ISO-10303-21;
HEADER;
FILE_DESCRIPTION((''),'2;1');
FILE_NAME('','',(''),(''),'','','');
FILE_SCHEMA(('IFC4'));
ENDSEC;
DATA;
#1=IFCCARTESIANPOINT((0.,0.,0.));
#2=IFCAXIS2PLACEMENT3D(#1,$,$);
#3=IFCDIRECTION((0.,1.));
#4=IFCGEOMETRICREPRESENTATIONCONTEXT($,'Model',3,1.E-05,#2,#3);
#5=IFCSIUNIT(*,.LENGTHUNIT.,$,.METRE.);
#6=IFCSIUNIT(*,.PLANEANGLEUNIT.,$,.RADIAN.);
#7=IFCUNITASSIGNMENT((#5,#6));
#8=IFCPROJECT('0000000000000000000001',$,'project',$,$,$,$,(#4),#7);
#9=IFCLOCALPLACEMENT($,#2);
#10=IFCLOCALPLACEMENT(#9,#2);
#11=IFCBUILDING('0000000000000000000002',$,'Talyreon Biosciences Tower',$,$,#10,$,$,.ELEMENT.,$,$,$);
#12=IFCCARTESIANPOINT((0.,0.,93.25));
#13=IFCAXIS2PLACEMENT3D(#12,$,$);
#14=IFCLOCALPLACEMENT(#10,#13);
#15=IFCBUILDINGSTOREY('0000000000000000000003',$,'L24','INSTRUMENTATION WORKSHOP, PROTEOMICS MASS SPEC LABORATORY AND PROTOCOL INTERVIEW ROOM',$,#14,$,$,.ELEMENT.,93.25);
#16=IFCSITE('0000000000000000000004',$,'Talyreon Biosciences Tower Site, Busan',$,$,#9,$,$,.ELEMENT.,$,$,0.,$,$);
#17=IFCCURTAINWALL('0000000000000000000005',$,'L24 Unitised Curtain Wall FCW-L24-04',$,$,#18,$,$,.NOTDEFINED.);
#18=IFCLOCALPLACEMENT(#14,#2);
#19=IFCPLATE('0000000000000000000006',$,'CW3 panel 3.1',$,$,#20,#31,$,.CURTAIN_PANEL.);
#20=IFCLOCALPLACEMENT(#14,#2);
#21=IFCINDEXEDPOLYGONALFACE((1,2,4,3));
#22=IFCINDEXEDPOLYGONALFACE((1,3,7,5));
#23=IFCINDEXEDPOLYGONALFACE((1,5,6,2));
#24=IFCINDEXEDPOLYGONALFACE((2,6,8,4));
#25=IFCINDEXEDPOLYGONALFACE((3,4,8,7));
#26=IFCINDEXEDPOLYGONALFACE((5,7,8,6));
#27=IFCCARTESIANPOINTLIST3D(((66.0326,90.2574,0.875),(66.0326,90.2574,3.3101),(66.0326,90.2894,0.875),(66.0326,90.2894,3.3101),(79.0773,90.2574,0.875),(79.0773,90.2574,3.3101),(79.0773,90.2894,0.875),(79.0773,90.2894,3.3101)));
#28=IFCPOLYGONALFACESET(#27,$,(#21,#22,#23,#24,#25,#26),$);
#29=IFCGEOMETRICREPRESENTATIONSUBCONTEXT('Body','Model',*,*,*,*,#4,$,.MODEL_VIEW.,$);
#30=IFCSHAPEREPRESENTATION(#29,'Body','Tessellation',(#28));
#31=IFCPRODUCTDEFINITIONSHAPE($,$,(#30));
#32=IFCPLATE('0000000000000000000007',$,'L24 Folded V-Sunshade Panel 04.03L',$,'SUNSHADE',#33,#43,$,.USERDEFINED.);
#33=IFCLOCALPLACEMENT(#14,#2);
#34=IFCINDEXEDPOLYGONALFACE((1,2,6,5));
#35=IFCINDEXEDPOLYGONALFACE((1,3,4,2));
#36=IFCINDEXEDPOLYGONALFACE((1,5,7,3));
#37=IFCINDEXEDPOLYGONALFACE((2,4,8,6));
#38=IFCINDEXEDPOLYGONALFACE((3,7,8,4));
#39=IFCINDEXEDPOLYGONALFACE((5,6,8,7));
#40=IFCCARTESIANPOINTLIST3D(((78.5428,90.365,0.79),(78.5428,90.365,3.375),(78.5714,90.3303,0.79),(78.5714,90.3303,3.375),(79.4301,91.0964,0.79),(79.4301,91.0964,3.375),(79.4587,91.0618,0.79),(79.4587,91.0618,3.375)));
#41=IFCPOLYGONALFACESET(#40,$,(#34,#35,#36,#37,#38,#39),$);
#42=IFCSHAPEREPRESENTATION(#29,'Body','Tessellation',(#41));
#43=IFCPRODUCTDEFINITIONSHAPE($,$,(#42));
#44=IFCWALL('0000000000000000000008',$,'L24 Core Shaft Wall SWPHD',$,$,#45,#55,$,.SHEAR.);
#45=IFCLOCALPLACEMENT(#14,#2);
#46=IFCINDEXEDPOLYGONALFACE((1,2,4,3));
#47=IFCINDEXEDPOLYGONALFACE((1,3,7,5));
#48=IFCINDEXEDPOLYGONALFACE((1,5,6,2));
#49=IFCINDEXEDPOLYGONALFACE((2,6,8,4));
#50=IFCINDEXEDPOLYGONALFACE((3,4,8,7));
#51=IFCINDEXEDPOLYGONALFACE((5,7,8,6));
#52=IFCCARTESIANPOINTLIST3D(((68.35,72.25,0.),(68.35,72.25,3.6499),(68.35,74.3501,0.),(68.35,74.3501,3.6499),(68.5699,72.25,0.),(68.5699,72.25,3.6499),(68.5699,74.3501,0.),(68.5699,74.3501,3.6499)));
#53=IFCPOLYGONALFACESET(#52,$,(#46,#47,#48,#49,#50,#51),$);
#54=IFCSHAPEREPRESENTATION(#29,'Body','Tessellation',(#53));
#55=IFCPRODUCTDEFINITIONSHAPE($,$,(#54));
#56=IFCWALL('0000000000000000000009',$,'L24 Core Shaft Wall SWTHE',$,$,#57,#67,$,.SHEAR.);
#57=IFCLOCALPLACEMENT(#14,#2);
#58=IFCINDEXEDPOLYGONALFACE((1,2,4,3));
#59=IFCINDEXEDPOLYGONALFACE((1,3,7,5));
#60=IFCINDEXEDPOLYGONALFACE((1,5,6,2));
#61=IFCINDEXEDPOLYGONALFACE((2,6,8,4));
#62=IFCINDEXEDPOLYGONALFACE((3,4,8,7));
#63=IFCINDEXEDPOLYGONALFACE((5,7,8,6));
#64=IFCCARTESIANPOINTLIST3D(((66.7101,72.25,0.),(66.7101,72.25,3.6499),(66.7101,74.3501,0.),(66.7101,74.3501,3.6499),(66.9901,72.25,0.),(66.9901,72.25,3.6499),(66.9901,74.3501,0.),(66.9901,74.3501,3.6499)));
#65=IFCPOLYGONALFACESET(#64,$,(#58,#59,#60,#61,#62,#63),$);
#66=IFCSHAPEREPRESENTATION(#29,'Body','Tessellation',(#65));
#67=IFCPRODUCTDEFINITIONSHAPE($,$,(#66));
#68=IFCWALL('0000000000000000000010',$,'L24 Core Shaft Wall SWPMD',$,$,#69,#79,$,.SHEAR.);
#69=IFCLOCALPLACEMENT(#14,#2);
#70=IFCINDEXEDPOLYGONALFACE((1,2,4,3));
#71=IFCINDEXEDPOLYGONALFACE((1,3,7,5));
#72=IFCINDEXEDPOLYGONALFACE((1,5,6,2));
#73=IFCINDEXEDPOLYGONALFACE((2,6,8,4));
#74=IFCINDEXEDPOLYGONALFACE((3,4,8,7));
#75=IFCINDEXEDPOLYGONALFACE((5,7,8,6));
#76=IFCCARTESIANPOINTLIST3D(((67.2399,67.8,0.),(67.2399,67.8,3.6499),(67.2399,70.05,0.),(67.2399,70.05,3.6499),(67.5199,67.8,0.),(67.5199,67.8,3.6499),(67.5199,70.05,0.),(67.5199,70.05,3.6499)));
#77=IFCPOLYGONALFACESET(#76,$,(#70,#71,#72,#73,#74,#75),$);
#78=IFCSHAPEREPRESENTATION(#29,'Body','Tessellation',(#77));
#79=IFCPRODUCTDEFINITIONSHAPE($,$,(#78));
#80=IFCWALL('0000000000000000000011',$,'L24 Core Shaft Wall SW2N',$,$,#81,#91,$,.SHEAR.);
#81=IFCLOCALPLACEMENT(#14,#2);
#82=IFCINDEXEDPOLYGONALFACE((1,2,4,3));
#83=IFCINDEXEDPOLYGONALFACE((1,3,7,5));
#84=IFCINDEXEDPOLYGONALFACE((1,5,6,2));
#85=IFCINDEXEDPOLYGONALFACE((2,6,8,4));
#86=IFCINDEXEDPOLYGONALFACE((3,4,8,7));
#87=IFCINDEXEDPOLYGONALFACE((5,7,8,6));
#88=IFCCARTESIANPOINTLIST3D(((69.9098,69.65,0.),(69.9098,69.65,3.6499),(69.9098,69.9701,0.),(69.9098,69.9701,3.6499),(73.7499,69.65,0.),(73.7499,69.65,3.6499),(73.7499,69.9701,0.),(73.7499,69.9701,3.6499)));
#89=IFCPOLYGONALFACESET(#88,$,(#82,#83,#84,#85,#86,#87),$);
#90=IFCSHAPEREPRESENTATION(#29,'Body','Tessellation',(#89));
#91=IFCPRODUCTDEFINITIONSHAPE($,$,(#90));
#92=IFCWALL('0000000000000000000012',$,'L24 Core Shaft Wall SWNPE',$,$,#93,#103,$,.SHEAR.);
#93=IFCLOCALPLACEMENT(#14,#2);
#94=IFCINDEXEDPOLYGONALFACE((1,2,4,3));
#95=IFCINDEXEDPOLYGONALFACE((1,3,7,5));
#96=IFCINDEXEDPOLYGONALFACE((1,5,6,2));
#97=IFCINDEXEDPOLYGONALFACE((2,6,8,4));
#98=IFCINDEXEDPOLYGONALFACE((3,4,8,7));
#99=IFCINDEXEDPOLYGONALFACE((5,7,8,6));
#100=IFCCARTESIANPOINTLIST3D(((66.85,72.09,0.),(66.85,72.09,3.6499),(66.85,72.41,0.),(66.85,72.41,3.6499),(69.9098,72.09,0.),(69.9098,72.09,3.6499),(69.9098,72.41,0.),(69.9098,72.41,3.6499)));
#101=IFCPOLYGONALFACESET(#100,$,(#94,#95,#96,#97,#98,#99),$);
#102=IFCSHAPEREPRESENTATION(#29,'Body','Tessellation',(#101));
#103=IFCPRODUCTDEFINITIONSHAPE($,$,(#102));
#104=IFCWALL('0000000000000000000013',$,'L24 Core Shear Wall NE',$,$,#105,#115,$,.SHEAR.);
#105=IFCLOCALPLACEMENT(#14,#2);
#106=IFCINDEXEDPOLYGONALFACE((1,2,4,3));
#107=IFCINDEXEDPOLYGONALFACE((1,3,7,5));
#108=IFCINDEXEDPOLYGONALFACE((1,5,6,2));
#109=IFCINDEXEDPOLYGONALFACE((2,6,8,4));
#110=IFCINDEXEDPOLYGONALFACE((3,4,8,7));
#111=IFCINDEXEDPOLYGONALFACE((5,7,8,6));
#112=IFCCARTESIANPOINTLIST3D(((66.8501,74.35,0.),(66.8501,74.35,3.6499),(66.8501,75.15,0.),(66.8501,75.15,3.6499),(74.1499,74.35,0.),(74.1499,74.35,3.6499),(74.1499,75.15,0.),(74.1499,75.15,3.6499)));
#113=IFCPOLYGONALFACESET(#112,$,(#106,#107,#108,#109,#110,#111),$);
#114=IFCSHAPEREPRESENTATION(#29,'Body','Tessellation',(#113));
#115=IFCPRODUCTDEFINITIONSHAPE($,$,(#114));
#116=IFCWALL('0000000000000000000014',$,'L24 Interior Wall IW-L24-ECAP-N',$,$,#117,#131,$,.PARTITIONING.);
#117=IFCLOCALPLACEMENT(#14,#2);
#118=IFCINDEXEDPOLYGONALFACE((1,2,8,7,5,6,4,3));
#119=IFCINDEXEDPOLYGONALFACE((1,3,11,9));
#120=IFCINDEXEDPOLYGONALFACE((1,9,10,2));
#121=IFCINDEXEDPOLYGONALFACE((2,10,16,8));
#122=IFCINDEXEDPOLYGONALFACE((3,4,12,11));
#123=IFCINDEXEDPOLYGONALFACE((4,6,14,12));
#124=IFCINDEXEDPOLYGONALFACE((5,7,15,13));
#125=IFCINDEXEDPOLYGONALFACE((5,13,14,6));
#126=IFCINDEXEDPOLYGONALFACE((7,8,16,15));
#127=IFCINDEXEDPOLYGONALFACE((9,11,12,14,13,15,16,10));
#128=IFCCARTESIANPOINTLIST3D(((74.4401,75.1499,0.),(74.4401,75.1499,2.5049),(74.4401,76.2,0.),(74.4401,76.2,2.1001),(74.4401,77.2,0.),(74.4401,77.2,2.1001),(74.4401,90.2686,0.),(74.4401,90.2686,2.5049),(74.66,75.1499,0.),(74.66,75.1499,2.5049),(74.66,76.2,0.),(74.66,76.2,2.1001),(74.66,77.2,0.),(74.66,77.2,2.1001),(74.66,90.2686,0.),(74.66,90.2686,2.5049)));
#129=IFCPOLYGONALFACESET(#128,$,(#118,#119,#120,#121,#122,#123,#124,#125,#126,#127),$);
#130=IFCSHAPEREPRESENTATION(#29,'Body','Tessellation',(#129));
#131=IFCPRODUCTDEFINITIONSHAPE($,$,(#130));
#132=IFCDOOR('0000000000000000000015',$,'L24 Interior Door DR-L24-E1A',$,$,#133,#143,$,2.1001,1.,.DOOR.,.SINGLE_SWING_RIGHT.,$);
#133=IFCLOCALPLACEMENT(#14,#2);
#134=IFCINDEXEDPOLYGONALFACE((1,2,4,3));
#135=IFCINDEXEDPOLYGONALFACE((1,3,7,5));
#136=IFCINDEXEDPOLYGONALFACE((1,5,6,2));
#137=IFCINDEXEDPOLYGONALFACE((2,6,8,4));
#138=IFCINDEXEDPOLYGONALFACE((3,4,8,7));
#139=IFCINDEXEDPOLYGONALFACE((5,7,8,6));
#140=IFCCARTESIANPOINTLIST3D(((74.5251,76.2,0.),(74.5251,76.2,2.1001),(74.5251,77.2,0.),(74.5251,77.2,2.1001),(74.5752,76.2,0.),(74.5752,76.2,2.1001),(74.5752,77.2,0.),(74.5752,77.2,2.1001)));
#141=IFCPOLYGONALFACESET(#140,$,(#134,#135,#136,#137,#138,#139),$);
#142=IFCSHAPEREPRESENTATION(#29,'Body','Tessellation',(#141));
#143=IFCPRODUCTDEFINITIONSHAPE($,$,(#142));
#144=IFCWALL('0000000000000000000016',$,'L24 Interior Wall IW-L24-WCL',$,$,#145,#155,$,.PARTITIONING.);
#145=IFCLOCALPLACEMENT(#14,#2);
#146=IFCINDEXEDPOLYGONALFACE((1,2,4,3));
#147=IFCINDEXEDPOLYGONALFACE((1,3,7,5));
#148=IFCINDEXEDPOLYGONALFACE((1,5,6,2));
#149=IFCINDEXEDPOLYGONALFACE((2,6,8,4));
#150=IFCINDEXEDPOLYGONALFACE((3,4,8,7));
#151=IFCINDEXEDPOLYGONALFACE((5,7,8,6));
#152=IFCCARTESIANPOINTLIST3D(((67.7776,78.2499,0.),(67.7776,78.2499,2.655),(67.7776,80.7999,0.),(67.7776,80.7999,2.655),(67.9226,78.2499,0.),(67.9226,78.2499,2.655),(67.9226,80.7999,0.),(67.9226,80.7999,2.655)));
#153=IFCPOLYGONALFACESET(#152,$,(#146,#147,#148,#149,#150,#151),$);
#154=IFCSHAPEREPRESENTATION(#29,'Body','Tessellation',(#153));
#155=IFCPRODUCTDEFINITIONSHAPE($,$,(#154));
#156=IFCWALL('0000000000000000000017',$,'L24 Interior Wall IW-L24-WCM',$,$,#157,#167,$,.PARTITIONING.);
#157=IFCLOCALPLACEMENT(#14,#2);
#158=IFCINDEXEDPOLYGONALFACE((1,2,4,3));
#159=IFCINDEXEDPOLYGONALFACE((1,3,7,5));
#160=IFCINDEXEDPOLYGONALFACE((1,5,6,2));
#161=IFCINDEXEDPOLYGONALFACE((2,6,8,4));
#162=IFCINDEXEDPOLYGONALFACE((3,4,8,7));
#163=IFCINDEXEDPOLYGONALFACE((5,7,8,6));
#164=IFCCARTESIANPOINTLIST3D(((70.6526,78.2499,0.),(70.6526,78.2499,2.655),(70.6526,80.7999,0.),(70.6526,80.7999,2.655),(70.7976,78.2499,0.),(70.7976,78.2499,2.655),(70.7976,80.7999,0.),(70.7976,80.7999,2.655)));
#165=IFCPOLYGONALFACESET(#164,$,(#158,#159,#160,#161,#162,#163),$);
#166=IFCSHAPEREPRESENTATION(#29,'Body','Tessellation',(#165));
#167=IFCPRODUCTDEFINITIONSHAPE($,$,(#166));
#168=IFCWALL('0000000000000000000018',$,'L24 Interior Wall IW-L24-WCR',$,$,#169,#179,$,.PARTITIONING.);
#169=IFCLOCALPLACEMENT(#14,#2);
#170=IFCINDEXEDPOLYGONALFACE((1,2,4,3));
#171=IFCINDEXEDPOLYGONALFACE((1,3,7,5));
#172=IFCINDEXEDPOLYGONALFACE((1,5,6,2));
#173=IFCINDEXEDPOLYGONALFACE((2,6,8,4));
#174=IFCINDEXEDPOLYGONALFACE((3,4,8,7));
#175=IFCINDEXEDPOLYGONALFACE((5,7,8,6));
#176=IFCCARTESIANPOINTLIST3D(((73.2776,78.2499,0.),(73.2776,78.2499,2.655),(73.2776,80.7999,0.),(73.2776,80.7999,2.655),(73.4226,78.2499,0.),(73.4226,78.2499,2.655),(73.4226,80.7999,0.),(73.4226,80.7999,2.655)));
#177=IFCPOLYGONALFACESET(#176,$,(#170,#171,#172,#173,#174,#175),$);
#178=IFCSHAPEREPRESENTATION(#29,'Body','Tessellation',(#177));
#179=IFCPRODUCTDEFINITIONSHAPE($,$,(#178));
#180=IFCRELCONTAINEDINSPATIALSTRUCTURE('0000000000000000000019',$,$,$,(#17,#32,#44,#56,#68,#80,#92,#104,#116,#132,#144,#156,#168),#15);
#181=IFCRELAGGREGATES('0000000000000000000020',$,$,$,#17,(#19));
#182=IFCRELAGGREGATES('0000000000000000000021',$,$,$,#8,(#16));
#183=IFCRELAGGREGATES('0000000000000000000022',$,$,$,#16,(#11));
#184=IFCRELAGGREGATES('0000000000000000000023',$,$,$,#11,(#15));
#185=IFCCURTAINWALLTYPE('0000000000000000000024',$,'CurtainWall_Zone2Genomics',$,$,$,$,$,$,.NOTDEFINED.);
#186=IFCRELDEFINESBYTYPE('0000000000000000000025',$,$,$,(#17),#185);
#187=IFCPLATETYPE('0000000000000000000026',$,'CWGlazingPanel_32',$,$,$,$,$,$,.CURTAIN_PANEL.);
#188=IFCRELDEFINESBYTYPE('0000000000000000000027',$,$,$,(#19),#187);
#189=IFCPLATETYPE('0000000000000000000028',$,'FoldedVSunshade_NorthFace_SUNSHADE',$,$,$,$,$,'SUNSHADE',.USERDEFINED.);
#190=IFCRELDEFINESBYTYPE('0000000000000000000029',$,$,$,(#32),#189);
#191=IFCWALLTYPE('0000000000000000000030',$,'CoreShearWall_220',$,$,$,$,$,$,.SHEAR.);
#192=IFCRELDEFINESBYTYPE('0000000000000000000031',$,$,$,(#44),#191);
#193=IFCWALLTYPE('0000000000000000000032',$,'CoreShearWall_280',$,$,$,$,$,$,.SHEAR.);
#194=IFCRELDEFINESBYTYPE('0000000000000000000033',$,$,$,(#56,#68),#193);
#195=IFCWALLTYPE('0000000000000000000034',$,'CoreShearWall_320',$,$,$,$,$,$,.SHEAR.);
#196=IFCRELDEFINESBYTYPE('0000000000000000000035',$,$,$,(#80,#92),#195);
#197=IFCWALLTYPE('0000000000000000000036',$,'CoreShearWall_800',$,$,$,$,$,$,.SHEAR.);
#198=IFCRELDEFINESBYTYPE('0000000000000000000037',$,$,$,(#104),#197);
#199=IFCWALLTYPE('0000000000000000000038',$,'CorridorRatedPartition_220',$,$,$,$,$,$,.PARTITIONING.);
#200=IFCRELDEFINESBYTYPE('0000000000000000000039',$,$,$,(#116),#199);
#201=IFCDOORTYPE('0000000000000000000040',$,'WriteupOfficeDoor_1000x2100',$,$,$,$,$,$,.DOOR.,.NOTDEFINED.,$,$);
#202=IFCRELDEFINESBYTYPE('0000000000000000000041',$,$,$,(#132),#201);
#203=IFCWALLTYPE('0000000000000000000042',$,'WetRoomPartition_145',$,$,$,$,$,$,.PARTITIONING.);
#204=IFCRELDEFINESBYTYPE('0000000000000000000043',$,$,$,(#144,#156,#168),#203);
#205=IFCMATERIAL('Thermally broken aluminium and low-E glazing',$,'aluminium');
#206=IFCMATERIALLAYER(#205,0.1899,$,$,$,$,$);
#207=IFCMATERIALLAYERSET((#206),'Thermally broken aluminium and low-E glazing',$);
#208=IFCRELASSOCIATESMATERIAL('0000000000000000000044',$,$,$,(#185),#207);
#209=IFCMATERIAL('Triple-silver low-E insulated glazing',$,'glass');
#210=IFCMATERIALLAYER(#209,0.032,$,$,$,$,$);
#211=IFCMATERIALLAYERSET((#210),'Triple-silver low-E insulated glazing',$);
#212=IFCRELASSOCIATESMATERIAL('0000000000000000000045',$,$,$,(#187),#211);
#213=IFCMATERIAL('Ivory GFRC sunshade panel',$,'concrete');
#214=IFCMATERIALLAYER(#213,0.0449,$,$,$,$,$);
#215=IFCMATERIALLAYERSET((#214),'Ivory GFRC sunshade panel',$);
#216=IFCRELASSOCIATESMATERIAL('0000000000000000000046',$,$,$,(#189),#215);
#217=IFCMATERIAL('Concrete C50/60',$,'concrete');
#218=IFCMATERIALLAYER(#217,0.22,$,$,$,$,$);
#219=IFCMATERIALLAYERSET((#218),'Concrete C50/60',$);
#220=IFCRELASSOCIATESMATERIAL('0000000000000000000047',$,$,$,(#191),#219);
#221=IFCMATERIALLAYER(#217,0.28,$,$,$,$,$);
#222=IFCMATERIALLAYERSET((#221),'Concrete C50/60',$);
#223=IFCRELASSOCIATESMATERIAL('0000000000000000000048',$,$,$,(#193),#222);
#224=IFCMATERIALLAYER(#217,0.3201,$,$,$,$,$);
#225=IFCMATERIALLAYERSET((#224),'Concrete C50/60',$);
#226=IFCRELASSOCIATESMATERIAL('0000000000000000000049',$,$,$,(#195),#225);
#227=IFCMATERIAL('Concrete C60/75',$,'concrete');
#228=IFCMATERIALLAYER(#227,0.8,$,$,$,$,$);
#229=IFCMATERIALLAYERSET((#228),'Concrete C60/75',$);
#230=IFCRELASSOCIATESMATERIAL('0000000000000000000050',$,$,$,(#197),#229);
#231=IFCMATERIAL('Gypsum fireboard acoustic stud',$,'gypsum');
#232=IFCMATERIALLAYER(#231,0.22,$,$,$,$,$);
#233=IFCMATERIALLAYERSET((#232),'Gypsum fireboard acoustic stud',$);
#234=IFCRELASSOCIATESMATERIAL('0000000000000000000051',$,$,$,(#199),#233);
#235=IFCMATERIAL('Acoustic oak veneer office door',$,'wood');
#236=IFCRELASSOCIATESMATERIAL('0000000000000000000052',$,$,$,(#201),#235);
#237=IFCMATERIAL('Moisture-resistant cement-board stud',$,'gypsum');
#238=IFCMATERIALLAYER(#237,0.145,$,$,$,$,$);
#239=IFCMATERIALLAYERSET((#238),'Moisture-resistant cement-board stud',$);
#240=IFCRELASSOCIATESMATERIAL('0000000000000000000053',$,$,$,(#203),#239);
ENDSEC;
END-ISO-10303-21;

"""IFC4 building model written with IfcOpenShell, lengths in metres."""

from ifc_helpers import new_model, si_unit, direction, frame, frame_2d, origin, origin_2d, place, context, subcontext, project, spatial, rectangle, extrude, material, layer, layer_set, type_object, element, fill, aggregate, save


model = new_model("IFC4")

# Units and contexts
model_context = context("Model", 3, precision=1e-05, world=origin(), true_north=direction((0.0, 1.0)))
body_context = subcontext(model_context, "Body", "Model", "MODEL_VIEW")
ifc_project = project(units=[si_unit("LENGTHUNIT", "METRE"), si_unit("PLANEANGLEUNIT", "RADIAN")], contexts=[model_context])

# Site, building, storey
site_placement = place(None, origin())
site = spatial("IfcSite", under=ifc_project, at=site_placement, Name="Talyreon Biosciences Tower Site, Busan", CompositionType="ELEMENT", RefElevation=0.0)
building_placement = place(site_placement, origin())
building = spatial("IfcBuilding", under=site, at=building_placement, Name="Talyreon Biosciences Tower", CompositionType="ELEMENT")
storey_placement = place(building_placement, frame((0.0, 0.0, 93.25)))
storey = spatial("IfcBuildingStorey", under=building, at=storey_placement, Name="L24", Description="INSTRUMENTATION WORKSHOP, PROTEOMICS MASS SPEC LABORATORY AND PROTOCOL INTERVIEW ROOM", CompositionType="ELEMENT", Elevation=93.25)

# Shared definitions
ifc_material_1 = material(Name="Concrete C50/60", Category="concrete")

# Curtain wall
ifc_material_2 = material(Name="Thermally broken aluminium and low-E glazing", Category="aluminium")
ifc_layer_1 = layer(ifc_material_2, 0.1899)
ifc_layer_set_1 = layer_set([ifc_layer_1], Name="Thermally broken aluminium and low-E glazing")
curtain_wall_type = type_object("IfcCurtainWallType", Name="CurtainWall_Zone2Genomics", PredefinedType="NOTDEFINED", material=ifc_layer_set_1)
curtain_wall_placement = place(storey_placement, origin())
curtain_wall = element("IfcCurtainWall", 1, at=curtain_wall_placement, inside=storey, type_object=curtain_wall_type, Name="L24 Unitised Curtain Wall FCW-L24-04", PredefinedType="NOTDEFINED")

# Plates
ifc_material_3 = material(Name="Triple-silver low-E insulated glazing", Category="glass")
ifc_layer_2 = layer(ifc_material_3, 0.032)
ifc_layer_set_2 = layer_set([ifc_layer_2], Name="Triple-silver low-E insulated glazing")
plate_type_1 = type_object("IfcPlateType", Name="CWGlazingPanel_32", PredefinedType="CURTAIN_PANEL", material=ifc_layer_set_2)
plate_1_placement = place(storey_placement, frame((72.5549, 90.2734, 0.875), z_axis=(0.0, 0.0, 1.0), x_axis=(1.0, 0.0, 0.0)))
plate_1 = element("IfcPlate", 2, at=plate_1_placement, type_object=plate_type_1, Name="CW3 panel 3.1", PredefinedType="CURTAIN_PANEL", context=body_context, shape_type="SweptSolid", body=[
    extrude(rectangle(XDim=13.0447, YDim=0.032, at=origin_2d()), origin(), (0.0, 0.0, 1.0), 2.4351),
])
aggregate(curtain_wall, [plate_1])
ifc_material_4 = material(Name="Ivory GFRC sunshade panel", Category="concrete")
ifc_layer_3 = layer(ifc_material_4, 0.0449)
ifc_layer_set_3 = layer_set([ifc_layer_3], Name="Ivory GFRC sunshade panel")
plate_type_2 = type_object("IfcPlateType", Name="FoldedVSunshade_NorthFace_SUNSHADE", ElementType="SUNSHADE", PredefinedType="USERDEFINED", material=ifc_layer_set_3)
plate_2_placement = place(storey_placement, frame((79.0007, 90.7134, 0.79), z_axis=(0.0, 0.0, 1.0), x_axis=(0.771625, 0.636078, 0.0)))
element("IfcPlate", 3, at=plate_2_placement, inside=storey, type_object=plate_type_2, Name="L24 Folded V-Sunshade Panel 04.03L", ObjectType="SUNSHADE", PredefinedType="USERDEFINED", context=body_context, shape_type="SweptSolid", body=[
    extrude(rectangle(XDim=1.1499, YDim=0.0449, at=origin_2d()), origin(), (0.0, 0.0, 1.0), 2.585),
])

# Walls
ifc_layer_4 = layer(ifc_material_1, 0.22)
ifc_layer_set_4 = layer_set([ifc_layer_4], Name="Concrete C50/60")
wall_type_1 = type_object("IfcWallType", Name="CoreShearWall_220", PredefinedType="SHEAR", material=ifc_layer_set_4)
wall_1_placement = place(storey_placement, frame((68.46, 72.25, 0.0), z_axis=(0.0, 0.0, 1.0), x_axis=(0.0, 1.0, 0.0)))
element("IfcWall", 4, at=wall_1_placement, inside=storey, type_object=wall_type_1, Name="L24 Core Shaft Wall SWPHD", PredefinedType="SHEAR", context=body_context, shape_type="SweptSolid", body=[
    extrude(rectangle(XDim=2.1001, YDim=0.22, at=frame_2d((1.05, 0.0))), origin(), (0.0, 0.0, 1.0), 3.6499),
])
ifc_layer_5 = layer(ifc_material_1, 0.28)
ifc_layer_set_5 = layer_set([ifc_layer_5], Name="Concrete C50/60")
wall_type_2 = type_object("IfcWallType", Name="CoreShearWall_280", PredefinedType="SHEAR", material=ifc_layer_set_5)
wall_2_placement = place(storey_placement, frame((66.8501, 72.25, 0.0), z_axis=(0.0, 0.0, 1.0), x_axis=(0.0, 1.0, 0.0)))
element("IfcWall", 5, at=wall_2_placement, inside=storey, type_object=wall_type_2, Name="L24 Core Shaft Wall SWTHE", PredefinedType="SHEAR", context=body_context, shape_type="SweptSolid", body=[
    extrude(rectangle(XDim=2.1001, YDim=0.28, at=frame_2d((1.05, 0.0))), origin(), (0.0, 0.0, 1.0), 3.6499),
])
wall_3_placement = place(storey_placement, frame((67.3799, 67.8, 0.0), z_axis=(0.0, 0.0, 1.0), x_axis=(0.0, 1.0, 0.0)))
element("IfcWall", 6, at=wall_3_placement, inside=storey, type_object=wall_type_2, Name="L24 Core Shaft Wall SWPMD", PredefinedType="SHEAR", context=body_context, shape_type="SweptSolid", body=[
    extrude(rectangle(XDim=2.25, YDim=0.28, at=frame_2d((1.125, 0.0))), origin(), (0.0, 0.0, 1.0), 3.6499),
])
ifc_layer_6 = layer(ifc_material_1, 0.3201)
ifc_layer_set_6 = layer_set([ifc_layer_6], Name="Concrete C50/60")
wall_type_3 = type_object("IfcWallType", Name="CoreShearWall_320", PredefinedType="SHEAR", material=ifc_layer_set_6)
wall_4_placement = place(storey_placement, frame((69.9099, 69.8101, 0.0), z_axis=(0.0, 0.0, 1.0), x_axis=(1.0, 0.0, 0.0)))
element("IfcWall", 7, at=wall_4_placement, inside=storey, type_object=wall_type_3, Name="L24 Core Shaft Wall SW2N", PredefinedType="SHEAR", context=body_context, shape_type="SweptSolid", body=[
    extrude(rectangle(XDim=3.8401, YDim=0.3201, at=frame_2d((1.9199, 0.0))), origin(), (0.0, 0.0, 1.0), 3.6499),
])
wall_5_placement = place(storey_placement, frame((66.8501, 72.25, 0.0), z_axis=(0.0, 0.0, 1.0), x_axis=(1.0, 0.0, 0.0)))
element("IfcWall", 8, at=wall_5_placement, inside=storey, type_object=wall_type_3, Name="L24 Core Shaft Wall SWNPE", PredefinedType="SHEAR", context=body_context, shape_type="SweptSolid", body=[
    extrude(rectangle(XDim=3.0598, YDim=0.3201, at=frame_2d((1.5298, 0.0))), origin(), (0.0, 0.0, 1.0), 3.6499),
])
ifc_material_5 = material(Name="Concrete C60/75", Category="concrete")
ifc_layer_7 = layer(ifc_material_5, 0.8)
ifc_layer_set_7 = layer_set([ifc_layer_7], Name="Concrete C60/75")
wall_type_4 = type_object("IfcWallType", Name="CoreShearWall_800", PredefinedType="SHEAR", material=ifc_layer_set_7)
wall_6_placement = place(storey_placement, frame((74.1499, 74.75, 0.0), z_axis=(0.0, 0.0, 1.0), x_axis=(-1.0, 0.0, 0.0)))
element("IfcWall", 9, at=wall_6_placement, inside=storey, type_object=wall_type_4, Name="L24 Core Shear Wall NE", PredefinedType="SHEAR", context=body_context, shape_type="SweptSolid", body=[
    extrude(rectangle(XDim=7.2998, YDim=0.8, at=frame_2d((3.6499, 0.0))), origin(), (0.0, 0.0, 1.0), 3.6499),
])

# Wall, opening, door
ifc_material_6 = material(Name="Gypsum fireboard acoustic stud", Category="gypsum")
ifc_layer_8 = layer(ifc_material_6, 0.22)
ifc_layer_set_8 = layer_set([ifc_layer_8], Name="Gypsum fireboard acoustic stud")
wall_type_5 = type_object("IfcWallType", Name="CorridorRatedPartition_220", PredefinedType="PARTITIONING", material=ifc_layer_set_8)
wall_7_placement = place(storey_placement, frame((74.55, 75.1499, 0.0), z_axis=(0.0, 0.0, 1.0), x_axis=(0.0, 1.0, 0.0)))
wall_7 = element("IfcWall", 10, at=wall_7_placement, inside=storey, type_object=wall_type_5, Name="L24 Interior Wall IW-L24-ECAP-N", PredefinedType="PARTITIONING", context=body_context, shape_type="SweptSolid", body=[
    extrude(rectangle(XDim=15.1187, YDim=0.22, at=frame_2d((7.5593, 0.0))), origin(), (0.0, 0.0, 1.0), 2.5049),
])
opening_placement = place(wall_7_placement, frame((1.05, 0.0, 0.0)))
opening = element("IfcOpeningElement", 11, at=opening_placement, cuts=wall_7, PredefinedType="OPENING", context=body_context, shape_type="SweptSolid", body=[
    extrude(rectangle(XDim=1.0, YDim=2.1001, at=frame_2d((0.5, 1.05))), frame((0.0, 0.1199, 0.0), z_axis=(0.0, -1.0, 0.0), x_axis=(1.0, 0.0, 0.0)), (0.0, 0.0, 1.0), 0.24),
])
ifc_material_7 = material(Name="Acoustic oak veneer office door", Category="wood")
door_type = type_object("IfcDoorType", Name="WriteupOfficeDoor_1000x2100", OperationType="NOTDEFINED", PredefinedType="DOOR", material=ifc_material_7)
door_placement = place(opening_placement, origin())
door = element("IfcDoor", 12, at=door_placement, inside=storey, type_object=door_type, Name="L24 Interior Door DR-L24-E1A", OperationType="SINGLE_SWING_RIGHT", OverallHeight=2.1001, OverallWidth=1.0, PredefinedType="DOOR", context=body_context, shape_type="SweptSolid", body=[
    extrude(rectangle(XDim=1.0, YDim=2.1001, at=frame_2d((0.5, 1.05))), frame((0.0, 0.0249, 0.0), z_axis=(0.0, -1.0, 0.0), x_axis=(1.0, 0.0, 0.0)), (0.0, 0.0, 1.0), 0.05),
])
fill(opening, door)

# Walls
ifc_material_8 = material(Name="Moisture-resistant cement-board stud", Category="gypsum")
ifc_layer_9 = layer(ifc_material_8, 0.145)
ifc_layer_set_9 = layer_set([ifc_layer_9], Name="Moisture-resistant cement-board stud")
wall_type_6 = type_object("IfcWallType", Name="WetRoomPartition_145", PredefinedType="PARTITIONING", material=ifc_layer_set_9)
for number, where, z_axis, x_axis, name in (
    (13, (67.8501, 78.25, 0.0), (0.0, 0.0, 1.0), (0.0, 1.0, 0.0), "L24 Interior Wall IW-L24-WCL"),
    (14, (70.7251, 78.25, 0.0), (0.0, 0.0, 1.0), (0.0, 1.0, 0.0), "L24 Interior Wall IW-L24-WCM"),
    (15, (73.3501, 78.25, 0.0), (0.0, 0.0, 1.0), (0.0, 1.0, 0.0), "L24 Interior Wall IW-L24-WCR"),
):
    element("IfcWall", number, at=place(storey_placement, frame(where, z_axis=z_axis, x_axis=x_axis)), inside=storey, type_object=wall_type_6, Name=name, PredefinedType="PARTITIONING", context=body_context, shape_type="SweptSolid", body=[
        extrude(rectangle(XDim=2.55, YDim=0.145, at=frame_2d((1.2749, 0.0))), origin(), (0.0, 0.0, 1.0), 2.655),
    ])

save(model, "model.ifc")
